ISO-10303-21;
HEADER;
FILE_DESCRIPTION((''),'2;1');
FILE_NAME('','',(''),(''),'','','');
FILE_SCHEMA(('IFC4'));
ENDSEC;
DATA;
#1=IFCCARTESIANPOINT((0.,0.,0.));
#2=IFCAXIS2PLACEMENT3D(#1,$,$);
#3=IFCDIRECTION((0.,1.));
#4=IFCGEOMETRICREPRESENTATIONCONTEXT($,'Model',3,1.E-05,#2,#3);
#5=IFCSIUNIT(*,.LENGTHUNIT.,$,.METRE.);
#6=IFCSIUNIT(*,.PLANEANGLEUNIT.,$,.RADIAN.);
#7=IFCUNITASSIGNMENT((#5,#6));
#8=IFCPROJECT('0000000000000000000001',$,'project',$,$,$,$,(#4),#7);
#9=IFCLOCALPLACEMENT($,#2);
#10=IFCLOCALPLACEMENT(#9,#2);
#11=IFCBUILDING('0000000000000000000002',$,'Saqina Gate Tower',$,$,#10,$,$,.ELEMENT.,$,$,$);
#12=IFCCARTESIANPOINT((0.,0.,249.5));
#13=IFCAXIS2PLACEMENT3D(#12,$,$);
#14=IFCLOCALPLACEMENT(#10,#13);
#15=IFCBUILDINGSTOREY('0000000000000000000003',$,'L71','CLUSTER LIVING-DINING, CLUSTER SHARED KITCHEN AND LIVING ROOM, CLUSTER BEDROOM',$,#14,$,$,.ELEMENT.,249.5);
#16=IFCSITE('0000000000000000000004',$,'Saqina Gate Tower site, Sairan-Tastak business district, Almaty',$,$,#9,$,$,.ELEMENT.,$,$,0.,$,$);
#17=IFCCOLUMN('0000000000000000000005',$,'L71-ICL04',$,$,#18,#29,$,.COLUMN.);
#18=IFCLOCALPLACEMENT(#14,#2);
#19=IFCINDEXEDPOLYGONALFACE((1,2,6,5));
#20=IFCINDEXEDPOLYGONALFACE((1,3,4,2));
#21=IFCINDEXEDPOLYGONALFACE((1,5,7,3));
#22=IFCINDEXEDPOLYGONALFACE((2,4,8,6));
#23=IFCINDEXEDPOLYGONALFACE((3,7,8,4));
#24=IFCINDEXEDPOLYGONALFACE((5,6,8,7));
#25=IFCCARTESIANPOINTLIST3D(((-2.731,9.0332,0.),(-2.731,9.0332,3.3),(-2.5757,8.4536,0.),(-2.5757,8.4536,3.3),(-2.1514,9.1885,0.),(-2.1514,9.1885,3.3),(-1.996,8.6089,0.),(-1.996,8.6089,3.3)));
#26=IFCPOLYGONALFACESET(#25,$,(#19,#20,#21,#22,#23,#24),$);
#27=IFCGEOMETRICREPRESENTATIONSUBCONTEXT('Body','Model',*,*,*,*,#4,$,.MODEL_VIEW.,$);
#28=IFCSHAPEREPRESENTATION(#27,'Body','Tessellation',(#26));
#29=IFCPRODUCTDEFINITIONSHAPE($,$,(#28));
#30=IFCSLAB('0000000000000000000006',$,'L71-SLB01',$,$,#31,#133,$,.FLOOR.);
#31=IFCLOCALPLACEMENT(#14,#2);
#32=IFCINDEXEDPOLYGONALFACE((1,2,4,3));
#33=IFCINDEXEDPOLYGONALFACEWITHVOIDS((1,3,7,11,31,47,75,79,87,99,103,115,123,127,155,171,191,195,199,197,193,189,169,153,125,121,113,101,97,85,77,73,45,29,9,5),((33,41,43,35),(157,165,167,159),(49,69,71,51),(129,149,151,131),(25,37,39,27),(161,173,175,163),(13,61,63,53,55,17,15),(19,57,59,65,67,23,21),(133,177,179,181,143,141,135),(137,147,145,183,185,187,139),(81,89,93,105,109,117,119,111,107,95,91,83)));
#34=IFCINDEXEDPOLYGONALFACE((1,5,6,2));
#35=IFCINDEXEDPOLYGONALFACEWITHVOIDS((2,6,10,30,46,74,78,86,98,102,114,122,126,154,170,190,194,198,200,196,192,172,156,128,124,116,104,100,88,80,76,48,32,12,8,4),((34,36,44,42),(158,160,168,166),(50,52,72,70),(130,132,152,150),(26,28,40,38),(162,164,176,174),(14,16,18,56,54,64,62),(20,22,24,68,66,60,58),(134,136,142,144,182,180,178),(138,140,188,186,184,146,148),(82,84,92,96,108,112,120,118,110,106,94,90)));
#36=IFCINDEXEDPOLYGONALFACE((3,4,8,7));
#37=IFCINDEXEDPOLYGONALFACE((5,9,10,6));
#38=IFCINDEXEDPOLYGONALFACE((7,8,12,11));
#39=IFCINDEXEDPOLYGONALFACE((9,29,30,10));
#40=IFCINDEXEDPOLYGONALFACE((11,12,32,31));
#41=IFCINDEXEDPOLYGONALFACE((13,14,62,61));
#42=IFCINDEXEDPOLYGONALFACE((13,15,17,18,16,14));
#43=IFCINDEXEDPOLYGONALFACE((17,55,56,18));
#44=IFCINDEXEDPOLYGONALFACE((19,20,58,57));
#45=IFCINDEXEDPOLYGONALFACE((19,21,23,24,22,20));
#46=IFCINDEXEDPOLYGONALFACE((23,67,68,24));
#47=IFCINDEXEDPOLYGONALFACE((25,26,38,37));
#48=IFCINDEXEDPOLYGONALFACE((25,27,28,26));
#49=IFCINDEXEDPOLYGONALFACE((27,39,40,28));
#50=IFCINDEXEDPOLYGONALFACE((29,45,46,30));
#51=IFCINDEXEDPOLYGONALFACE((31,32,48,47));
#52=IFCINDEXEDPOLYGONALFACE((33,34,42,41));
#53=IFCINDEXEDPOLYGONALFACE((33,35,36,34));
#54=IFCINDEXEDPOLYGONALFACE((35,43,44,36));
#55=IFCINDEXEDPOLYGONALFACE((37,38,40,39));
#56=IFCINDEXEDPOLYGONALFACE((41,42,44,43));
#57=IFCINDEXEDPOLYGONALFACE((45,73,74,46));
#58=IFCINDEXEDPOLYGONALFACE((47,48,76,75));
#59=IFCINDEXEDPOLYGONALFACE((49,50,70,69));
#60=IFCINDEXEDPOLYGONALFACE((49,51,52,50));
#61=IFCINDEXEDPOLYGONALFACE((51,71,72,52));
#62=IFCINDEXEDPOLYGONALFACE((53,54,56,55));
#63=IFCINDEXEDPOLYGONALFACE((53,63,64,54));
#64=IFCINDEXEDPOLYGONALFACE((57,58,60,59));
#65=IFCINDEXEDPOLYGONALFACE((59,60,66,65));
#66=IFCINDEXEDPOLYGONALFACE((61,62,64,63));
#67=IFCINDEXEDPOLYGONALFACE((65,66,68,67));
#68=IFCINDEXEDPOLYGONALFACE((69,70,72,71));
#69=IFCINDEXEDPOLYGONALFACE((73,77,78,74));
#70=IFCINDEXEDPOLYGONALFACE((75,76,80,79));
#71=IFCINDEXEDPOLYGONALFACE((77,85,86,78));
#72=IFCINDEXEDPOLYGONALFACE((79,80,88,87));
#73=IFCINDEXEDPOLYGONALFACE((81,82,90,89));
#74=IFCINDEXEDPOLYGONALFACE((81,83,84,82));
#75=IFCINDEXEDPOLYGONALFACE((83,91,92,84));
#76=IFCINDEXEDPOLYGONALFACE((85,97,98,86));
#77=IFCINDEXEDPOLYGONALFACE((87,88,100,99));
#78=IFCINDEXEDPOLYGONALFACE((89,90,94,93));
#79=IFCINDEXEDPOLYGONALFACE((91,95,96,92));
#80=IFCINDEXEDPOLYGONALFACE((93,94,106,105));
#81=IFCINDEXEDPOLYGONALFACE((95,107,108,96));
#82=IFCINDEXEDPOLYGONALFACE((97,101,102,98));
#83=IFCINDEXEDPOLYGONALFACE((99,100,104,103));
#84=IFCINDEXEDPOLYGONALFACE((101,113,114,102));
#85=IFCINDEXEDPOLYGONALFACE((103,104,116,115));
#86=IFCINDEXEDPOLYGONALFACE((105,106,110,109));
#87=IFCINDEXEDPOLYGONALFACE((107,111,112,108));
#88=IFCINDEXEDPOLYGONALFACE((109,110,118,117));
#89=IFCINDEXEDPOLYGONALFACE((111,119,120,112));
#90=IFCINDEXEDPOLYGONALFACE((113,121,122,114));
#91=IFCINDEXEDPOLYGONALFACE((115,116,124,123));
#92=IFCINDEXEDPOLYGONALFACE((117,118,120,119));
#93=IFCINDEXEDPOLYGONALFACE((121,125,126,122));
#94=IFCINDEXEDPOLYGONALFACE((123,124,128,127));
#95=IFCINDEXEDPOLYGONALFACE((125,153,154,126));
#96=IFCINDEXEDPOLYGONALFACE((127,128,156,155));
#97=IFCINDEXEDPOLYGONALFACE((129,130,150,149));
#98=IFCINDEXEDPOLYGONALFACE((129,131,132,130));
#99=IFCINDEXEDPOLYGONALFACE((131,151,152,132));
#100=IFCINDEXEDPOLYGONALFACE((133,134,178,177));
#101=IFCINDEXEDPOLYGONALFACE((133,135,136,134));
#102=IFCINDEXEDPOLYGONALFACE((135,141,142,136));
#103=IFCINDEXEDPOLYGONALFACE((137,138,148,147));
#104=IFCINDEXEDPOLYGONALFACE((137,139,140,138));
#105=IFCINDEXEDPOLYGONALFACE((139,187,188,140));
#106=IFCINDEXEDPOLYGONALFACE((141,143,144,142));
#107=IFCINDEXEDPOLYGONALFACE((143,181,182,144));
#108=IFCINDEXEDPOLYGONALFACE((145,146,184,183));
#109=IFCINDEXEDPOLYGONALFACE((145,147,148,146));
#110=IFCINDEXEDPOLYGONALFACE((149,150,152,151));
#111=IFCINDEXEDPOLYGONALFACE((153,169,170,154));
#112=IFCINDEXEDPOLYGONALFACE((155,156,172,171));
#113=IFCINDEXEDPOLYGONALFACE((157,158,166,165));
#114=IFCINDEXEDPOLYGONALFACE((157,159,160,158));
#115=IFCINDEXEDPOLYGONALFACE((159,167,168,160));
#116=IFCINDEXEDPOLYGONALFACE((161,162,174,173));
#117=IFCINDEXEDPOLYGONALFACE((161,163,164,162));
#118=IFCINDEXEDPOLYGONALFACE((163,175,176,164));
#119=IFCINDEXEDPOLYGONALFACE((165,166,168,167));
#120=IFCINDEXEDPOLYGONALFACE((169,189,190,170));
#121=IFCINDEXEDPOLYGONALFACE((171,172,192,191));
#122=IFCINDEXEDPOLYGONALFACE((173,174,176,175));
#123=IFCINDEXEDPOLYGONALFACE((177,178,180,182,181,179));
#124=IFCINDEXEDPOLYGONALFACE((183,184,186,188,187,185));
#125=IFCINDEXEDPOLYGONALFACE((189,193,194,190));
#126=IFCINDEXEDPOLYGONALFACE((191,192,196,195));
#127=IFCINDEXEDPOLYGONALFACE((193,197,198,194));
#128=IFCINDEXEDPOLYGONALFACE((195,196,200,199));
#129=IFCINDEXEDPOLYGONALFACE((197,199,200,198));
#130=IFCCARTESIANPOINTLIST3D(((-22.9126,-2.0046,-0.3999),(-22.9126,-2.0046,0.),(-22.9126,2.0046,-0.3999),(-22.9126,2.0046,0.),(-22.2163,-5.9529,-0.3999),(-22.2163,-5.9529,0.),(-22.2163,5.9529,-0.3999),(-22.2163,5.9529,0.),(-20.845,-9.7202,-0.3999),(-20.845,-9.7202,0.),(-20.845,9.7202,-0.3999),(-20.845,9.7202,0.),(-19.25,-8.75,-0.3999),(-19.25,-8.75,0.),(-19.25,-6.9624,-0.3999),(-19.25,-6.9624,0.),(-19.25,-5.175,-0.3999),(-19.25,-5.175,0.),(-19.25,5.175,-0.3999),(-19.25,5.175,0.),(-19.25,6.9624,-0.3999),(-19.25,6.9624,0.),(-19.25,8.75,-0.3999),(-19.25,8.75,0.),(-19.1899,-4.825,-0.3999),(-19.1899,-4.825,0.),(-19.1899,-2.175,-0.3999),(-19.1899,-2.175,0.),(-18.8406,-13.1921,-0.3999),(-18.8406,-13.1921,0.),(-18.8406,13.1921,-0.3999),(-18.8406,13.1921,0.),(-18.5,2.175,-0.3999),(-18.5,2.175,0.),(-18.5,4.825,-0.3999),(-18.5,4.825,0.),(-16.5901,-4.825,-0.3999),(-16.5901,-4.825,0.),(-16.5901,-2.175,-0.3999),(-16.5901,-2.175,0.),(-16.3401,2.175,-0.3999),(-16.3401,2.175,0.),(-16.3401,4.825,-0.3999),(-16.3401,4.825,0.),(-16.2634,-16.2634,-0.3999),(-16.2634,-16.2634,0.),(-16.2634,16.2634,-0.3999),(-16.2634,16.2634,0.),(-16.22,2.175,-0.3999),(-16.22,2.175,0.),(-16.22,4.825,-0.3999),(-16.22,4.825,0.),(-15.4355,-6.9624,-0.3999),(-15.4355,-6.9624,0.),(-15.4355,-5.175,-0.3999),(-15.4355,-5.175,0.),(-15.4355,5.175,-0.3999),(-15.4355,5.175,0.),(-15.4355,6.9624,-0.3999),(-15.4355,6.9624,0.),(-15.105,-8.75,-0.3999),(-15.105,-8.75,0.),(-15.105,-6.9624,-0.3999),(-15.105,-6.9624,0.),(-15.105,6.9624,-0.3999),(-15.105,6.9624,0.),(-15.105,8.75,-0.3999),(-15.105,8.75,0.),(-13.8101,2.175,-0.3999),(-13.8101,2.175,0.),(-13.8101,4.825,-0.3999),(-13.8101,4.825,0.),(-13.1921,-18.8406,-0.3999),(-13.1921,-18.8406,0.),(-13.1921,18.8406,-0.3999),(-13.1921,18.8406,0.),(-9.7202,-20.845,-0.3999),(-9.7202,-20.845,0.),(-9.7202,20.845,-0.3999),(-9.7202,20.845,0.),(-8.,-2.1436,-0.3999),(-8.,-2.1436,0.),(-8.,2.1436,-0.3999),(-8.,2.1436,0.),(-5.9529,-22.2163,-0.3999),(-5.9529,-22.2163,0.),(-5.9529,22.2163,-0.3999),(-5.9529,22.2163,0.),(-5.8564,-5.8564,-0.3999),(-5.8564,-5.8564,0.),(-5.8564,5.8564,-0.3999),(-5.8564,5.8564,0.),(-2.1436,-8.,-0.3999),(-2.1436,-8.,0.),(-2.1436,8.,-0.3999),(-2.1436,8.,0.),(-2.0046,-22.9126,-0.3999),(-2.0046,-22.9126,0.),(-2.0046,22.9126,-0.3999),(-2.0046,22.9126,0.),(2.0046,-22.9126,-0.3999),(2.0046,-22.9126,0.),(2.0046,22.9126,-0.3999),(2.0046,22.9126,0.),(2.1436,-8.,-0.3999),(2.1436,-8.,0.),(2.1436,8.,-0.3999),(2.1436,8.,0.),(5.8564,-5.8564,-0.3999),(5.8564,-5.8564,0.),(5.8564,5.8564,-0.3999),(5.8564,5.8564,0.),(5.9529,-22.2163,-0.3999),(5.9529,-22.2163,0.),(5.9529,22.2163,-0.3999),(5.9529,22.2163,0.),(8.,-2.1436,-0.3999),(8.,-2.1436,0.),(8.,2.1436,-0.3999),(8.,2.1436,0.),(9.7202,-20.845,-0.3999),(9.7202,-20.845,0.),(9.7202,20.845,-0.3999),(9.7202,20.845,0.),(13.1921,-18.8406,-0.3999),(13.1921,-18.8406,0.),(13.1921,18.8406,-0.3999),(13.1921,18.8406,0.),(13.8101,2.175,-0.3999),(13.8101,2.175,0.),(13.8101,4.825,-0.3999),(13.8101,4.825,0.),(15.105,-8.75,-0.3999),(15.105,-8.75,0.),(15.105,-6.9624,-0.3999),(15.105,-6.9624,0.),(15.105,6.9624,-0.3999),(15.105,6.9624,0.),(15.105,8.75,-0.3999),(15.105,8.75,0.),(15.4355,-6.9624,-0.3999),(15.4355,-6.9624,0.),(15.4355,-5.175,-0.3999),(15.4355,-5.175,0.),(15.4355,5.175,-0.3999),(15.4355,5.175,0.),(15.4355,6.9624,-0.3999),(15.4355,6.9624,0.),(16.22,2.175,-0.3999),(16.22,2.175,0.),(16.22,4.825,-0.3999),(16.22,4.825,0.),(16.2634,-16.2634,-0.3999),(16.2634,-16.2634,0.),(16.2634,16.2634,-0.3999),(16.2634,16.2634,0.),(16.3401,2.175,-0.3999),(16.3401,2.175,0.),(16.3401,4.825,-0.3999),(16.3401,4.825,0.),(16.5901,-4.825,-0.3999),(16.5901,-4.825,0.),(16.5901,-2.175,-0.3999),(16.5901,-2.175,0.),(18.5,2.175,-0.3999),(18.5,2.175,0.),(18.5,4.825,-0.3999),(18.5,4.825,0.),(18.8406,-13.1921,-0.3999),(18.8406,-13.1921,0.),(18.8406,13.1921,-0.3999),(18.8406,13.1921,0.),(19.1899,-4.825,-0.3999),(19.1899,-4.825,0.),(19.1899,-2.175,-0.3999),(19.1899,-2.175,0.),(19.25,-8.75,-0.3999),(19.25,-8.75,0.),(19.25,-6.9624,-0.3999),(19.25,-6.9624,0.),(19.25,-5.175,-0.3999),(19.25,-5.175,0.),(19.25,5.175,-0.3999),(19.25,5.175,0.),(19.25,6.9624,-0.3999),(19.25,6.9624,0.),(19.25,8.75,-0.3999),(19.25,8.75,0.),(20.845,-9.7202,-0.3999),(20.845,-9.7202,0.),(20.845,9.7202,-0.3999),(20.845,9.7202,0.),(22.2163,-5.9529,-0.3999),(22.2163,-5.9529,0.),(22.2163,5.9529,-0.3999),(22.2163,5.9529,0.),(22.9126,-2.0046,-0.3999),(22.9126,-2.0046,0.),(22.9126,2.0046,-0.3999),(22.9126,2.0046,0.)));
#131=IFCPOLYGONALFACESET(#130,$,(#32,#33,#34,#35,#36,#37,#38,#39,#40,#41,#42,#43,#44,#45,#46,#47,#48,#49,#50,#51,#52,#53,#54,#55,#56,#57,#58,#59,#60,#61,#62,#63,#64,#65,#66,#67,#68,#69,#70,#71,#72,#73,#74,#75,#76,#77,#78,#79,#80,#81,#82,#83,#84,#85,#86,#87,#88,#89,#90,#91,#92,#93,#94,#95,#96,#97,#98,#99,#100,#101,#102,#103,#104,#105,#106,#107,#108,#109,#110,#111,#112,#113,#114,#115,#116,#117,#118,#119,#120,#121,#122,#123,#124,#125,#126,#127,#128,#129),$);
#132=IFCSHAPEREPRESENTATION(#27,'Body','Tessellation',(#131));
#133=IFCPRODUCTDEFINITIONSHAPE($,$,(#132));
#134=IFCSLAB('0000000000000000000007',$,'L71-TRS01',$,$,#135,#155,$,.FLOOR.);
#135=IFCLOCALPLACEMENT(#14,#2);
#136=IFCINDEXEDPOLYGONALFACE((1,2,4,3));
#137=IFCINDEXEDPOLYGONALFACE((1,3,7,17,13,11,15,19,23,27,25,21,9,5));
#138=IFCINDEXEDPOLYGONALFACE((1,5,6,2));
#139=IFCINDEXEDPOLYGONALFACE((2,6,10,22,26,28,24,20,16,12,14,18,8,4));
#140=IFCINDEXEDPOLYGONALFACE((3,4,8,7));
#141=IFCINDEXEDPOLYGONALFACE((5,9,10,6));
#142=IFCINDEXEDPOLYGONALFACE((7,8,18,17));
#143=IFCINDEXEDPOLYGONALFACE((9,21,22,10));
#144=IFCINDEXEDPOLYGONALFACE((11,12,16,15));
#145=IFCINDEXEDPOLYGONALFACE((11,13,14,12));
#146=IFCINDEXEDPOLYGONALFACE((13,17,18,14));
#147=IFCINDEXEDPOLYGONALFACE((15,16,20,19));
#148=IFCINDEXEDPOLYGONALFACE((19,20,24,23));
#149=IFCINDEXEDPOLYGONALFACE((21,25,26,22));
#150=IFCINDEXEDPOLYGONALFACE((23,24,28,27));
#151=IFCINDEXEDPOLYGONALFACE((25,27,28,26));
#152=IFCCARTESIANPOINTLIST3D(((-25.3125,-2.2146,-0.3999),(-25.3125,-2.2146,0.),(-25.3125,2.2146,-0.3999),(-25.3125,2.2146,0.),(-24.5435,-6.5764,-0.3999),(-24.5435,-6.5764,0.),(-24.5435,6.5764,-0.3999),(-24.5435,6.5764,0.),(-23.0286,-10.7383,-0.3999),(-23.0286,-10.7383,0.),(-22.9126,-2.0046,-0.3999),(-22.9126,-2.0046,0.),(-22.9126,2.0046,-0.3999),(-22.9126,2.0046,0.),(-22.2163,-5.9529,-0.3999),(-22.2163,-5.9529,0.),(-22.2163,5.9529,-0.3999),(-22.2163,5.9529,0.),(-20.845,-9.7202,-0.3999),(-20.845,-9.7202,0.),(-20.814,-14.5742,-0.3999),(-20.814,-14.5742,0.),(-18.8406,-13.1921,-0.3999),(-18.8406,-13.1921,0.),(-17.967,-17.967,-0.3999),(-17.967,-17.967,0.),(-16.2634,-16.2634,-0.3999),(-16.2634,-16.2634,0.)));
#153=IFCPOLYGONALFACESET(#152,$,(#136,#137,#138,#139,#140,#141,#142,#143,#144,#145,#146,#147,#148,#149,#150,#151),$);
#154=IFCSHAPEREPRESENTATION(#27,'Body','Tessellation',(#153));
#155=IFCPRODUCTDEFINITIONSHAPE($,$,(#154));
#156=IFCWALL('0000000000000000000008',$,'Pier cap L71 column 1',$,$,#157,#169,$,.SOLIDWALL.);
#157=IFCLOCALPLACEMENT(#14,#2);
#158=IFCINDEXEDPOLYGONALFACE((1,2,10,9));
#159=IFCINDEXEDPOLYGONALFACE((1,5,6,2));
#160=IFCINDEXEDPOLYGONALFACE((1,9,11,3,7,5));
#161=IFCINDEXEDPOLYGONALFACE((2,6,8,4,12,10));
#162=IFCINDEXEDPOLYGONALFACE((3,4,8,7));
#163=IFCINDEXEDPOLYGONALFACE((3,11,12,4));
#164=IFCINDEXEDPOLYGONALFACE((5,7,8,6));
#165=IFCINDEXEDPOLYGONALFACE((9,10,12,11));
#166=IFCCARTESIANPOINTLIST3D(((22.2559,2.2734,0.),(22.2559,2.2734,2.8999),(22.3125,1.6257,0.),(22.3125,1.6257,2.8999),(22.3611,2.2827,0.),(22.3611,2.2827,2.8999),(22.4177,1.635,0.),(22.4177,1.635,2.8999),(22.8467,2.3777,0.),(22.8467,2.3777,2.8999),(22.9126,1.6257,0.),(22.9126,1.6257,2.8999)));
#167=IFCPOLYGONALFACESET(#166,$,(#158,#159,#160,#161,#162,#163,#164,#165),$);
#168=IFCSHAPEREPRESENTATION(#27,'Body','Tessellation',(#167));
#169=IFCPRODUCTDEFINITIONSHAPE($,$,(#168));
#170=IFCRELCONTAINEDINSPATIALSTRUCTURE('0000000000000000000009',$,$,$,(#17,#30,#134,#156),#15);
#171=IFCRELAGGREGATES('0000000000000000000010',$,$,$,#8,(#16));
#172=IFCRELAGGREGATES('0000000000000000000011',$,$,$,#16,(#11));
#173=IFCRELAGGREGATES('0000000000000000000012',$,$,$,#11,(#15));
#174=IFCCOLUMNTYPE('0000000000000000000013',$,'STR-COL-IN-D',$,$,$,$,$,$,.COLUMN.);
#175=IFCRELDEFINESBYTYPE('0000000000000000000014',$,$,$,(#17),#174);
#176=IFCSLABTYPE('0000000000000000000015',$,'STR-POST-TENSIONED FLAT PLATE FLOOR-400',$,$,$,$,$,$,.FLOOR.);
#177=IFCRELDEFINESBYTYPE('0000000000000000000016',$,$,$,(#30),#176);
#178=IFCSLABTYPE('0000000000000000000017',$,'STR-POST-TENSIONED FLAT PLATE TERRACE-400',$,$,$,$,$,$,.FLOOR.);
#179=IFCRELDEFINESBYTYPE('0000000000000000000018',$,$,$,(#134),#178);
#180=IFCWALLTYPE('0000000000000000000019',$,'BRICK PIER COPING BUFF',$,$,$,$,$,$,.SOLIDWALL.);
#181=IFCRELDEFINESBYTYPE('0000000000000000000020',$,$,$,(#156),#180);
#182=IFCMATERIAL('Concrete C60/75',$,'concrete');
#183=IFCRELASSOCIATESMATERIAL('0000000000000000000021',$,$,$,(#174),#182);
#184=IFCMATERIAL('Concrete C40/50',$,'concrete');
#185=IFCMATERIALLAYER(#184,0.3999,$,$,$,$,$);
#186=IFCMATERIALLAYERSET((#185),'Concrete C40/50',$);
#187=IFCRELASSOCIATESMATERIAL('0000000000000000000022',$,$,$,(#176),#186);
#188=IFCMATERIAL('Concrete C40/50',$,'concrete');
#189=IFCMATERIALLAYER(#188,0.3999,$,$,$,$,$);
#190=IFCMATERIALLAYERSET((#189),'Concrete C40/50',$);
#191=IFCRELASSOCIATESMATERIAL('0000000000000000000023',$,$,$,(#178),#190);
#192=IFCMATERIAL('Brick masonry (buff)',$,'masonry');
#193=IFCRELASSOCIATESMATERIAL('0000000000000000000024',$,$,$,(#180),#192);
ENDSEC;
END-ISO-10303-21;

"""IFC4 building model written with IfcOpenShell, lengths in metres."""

from ifc_helpers import new_model, si_unit, direction, frame, origin, origin_2d, place, context, subcontext, project, spatial, polyline, rectangle, outline, extrude, material, layer, layer_set, material_profile, profile_set, type_object, element, save


model = new_model("IFC4")

# Units and contexts
model_context = context("Model", 3, precision=1e-05, world=origin(), true_north=direction((0.0, 1.0)))
body_context = subcontext(model_context, "Body", "Model", "MODEL_VIEW")
ifc_project = project(units=[si_unit("LENGTHUNIT", "METRE"), si_unit("PLANEANGLEUNIT", "RADIAN")], contexts=[model_context])

# Site, building, storey
site_placement = place(None, origin())
site = spatial("IfcSite", under=ifc_project, at=site_placement, Name="Saqina Gate Tower site, Sairan-Tastak business district, Almaty", CompositionType="ELEMENT", RefElevation=0.0)
building_placement = place(site_placement, origin())
building = spatial("IfcBuilding", under=site, at=building_placement, Name="Saqina Gate Tower", CompositionType="ELEMENT")
storey_placement = place(building_placement, frame((0.0, 0.0, 249.5)))
storey = spatial("IfcBuildingStorey", under=building, at=storey_placement, Name="L71", Description="CLUSTER LIVING-DINING, CLUSTER SHARED KITCHEN AND LIVING ROOM, CLUSTER BEDROOM", CompositionType="ELEMENT", Elevation=249.5)

# Column
ifc_material_1 = material(Name="Concrete C60/75", Category="concrete")
ifc_material_profile = material_profile(ifc_material_1, rectangle(XDim=0.6001, YDim=0.6001, at=origin_2d()), Name="RC 600x600")
ifc_profile_set = profile_set([ifc_material_profile], Name="Concrete C60/75")
column_type = type_object("IfcColumnType", Name="STR-COL-IN-D", PredefinedType="COLUMN", material=ifc_profile_set)
column_placement = place(storey_placement, frame((-2.3635, 8.821, 0.0), z_axis=(0.0, 0.0, 1.0), x_axis=(-0.258819, 0.965926, 0.0)))
element("IfcColumn", 1, at=column_placement, inside=storey, type_object=column_type, Name="L71-ICL04", PredefinedType="COLUMN", context=body_context, shape_type="SweptSolid", body=[
    extrude(rectangle(XDim=0.6001, YDim=0.6001, at=origin_2d()), origin(), (0.0, 0.0, 1.0), 3.3),
])

# Slabs
ifc_material_2 = material(Name="Concrete C40/50", Category="concrete")
ifc_layer_1 = layer(ifc_material_2, 0.3999)
ifc_layer_set_1 = layer_set([ifc_layer_1], Name="Concrete C40/50")
slab_type_1 = type_object("IfcSlabType", Name="STR-POST-TENSIONED FLAT PLATE FLOOR-400", PredefinedType="FLOOR", material=ifc_layer_set_1)
slab_1_placement = place(storey_placement, frame((0.0, 0.0, -0.3999)))
element("IfcSlab", 2, at=slab_1_placement, inside=storey, type_object=slab_type_1, Name="L71-SLB01", PredefinedType="FLOOR", context=body_context, shape_type="SweptSolid", body=[
    extrude(outline(polyline([(22.2163, -5.9529), (22.9126, -2.0046), (22.9126, 2.0046), (22.2163, 5.9529), (20.845, 9.7202), (18.8406, 13.1921), (16.2634, 16.2634), (13.1921, 18.8406), (9.7202, 20.845), (5.9529, 22.2163), (2.0046, 22.9126), (-2.0046, 22.9126), (-5.9529, 22.2163), (-9.7202, 20.845), (-13.1921, 18.8406), (-16.2634, 16.2634), (-18.8406, 13.1921), (-20.845, 9.7202), (-22.2163, 5.9529), (-22.9126, 2.0046), (-22.9126, -2.0046), (-22.2163, -5.9529), (-20.845, -9.7202), (-18.8406, -13.1921), (-16.2634, -16.2634), (-13.1921, -18.8406), (-9.7202, -20.845), (-5.9529, -22.2163), (-2.0046, -22.9126), (2.0046, -22.9126), (5.9529, -22.2163), (9.7202, -20.845), (13.1921, -18.8406), (16.2634, -16.2634), (18.8406, -13.1921), (20.845, -9.7202), (22.2163, -5.9529)]), holes=[polyline([(2.1436, 8.0), (5.8564, 5.8564), (8.0, 2.1436), (8.0, -2.1436), (5.8564, -5.8564), (2.1436, -8.0), (-2.1436, -8.0), (-5.8564, -5.8564), (-8.0, -2.1436), (-8.0, 2.1436), (-5.8564, 5.8564), (-2.1436, 8.0), (2.1436, 8.0)]), polyline([(-15.105, -8.75), (-19.25, -8.75), (-19.25, -6.9624), (-19.25, -5.175), (-15.4355, -5.175), (-15.4355, -6.9624), (-15.105, -6.9624), (-15.105, -8.75)]), polyline([(-16.5901, -2.175), (-16.5901, -4.825), (-19.1899, -4.825), (-19.1899, -2.175), (-16.5901, -2.175)]), polyline([(-16.3401, 4.825), (-16.3401, 2.175), (-18.5, 2.175), (-18.5, 4.825), (-16.3401, 4.825)]), polyline([(-13.8101, 4.825), (-13.8101, 2.175), (-16.22, 2.175), (-16.22, 4.825), (-13.8101, 4.825)]), polyline([(-19.25, 6.9624), (-19.25, 8.75), (-15.105, 8.75), (-15.105, 6.9624), (-15.4355, 6.9624), (-15.4355, 5.175), (-19.25, 5.175), (-19.25, 6.9624)]), polyline([(15.105, -8.75), (15.105, -6.9624), (15.4355, -6.9624), (15.4355, -5.175), (19.25, -5.175), (19.25, -6.9624), (19.25, -8.75), (15.105, -8.75)]), polyline([(19.1899, -2.175), (19.1899, -4.825), (16.5901, -4.825), (16.5901, -2.175), (19.1899, -2.175)]), polyline([(16.22, 4.825), (16.22, 2.175), (13.8101, 2.175), (13.8101, 4.825), (16.22, 4.825)]), polyline([(18.5, 4.825), (18.5, 2.175), (16.3401, 2.175), (16.3401, 4.825), (18.5, 4.825)]), polyline([(15.4355, 6.9624), (15.105, 6.9624), (15.105, 8.75), (19.25, 8.75), (19.25, 6.9624), (19.25, 5.175), (15.4355, 5.175), (15.4355, 6.9624)])]), origin(), (0.0, 0.0, 1.0), 0.3999),
])
ifc_material_3 = material(Name="Concrete C40/50", Category="concrete")
ifc_layer_2 = layer(ifc_material_3, 0.3999)
ifc_layer_set_2 = layer_set([ifc_layer_2], Name="Concrete C40/50")
slab_type_2 = type_object("IfcSlabType", Name="STR-POST-TENSIONED FLAT PLATE TERRACE-400", PredefinedType="FLOOR", material=ifc_layer_set_2)
slab_2_placement = place(storey_placement, frame((0.0, 0.0, -0.3999)))
element("IfcSlab", 3, at=slab_2_placement, inside=storey, type_object=slab_type_2, Name="L71-TRS01", PredefinedType="FLOOR", context=body_context, shape_type="SweptSolid", body=[
    extrude(outline(polyline([(-22.2163, 5.9529), (-22.9126, 2.0046), (-22.9126, -2.0046), (-22.2163, -5.9529), (-20.845, -9.7202), (-18.8406, -13.1921), (-16.2634, -16.2634), (-17.967, -17.967), (-20.814, -14.5742), (-23.0286, -10.7383), (-24.5435, -6.5764), (-25.3125, -2.2146), (-25.3125, 2.2146), (-24.5435, 6.5764), (-22.2163, 5.9529)])), origin(), (0.0, 0.0, 1.0), 0.3999),
])

# Wall
ifc_material_4 = material(Name="Brick masonry (buff)", Category="masonry")
wall_type_1 = type_object("IfcWallType", Name="BRICK PIER COPING BUFF", PredefinedType="SOLIDWALL", material=ifc_material_4)
wall_1_placement = place(storey_placement, origin())
element("IfcWall", 4, at=wall_1_placement, inside=storey, type_object=wall_type_1, Name="Pier cap L71 column 1", PredefinedType="SOLIDWALL", context=body_context, shape_type="SweptSolid", body=[
    extrude(outline(polyline([(22.9126, 1.6257), (22.8467, 2.3777), (22.2559, 2.2734), (22.3611, 2.2827), (22.4177, 1.635), (22.3125, 1.6257), (22.9126, 1.6257)])), origin(), (0.0, 0.0, 1.0), 2.8999),
])

save(model, "model.ifc")
